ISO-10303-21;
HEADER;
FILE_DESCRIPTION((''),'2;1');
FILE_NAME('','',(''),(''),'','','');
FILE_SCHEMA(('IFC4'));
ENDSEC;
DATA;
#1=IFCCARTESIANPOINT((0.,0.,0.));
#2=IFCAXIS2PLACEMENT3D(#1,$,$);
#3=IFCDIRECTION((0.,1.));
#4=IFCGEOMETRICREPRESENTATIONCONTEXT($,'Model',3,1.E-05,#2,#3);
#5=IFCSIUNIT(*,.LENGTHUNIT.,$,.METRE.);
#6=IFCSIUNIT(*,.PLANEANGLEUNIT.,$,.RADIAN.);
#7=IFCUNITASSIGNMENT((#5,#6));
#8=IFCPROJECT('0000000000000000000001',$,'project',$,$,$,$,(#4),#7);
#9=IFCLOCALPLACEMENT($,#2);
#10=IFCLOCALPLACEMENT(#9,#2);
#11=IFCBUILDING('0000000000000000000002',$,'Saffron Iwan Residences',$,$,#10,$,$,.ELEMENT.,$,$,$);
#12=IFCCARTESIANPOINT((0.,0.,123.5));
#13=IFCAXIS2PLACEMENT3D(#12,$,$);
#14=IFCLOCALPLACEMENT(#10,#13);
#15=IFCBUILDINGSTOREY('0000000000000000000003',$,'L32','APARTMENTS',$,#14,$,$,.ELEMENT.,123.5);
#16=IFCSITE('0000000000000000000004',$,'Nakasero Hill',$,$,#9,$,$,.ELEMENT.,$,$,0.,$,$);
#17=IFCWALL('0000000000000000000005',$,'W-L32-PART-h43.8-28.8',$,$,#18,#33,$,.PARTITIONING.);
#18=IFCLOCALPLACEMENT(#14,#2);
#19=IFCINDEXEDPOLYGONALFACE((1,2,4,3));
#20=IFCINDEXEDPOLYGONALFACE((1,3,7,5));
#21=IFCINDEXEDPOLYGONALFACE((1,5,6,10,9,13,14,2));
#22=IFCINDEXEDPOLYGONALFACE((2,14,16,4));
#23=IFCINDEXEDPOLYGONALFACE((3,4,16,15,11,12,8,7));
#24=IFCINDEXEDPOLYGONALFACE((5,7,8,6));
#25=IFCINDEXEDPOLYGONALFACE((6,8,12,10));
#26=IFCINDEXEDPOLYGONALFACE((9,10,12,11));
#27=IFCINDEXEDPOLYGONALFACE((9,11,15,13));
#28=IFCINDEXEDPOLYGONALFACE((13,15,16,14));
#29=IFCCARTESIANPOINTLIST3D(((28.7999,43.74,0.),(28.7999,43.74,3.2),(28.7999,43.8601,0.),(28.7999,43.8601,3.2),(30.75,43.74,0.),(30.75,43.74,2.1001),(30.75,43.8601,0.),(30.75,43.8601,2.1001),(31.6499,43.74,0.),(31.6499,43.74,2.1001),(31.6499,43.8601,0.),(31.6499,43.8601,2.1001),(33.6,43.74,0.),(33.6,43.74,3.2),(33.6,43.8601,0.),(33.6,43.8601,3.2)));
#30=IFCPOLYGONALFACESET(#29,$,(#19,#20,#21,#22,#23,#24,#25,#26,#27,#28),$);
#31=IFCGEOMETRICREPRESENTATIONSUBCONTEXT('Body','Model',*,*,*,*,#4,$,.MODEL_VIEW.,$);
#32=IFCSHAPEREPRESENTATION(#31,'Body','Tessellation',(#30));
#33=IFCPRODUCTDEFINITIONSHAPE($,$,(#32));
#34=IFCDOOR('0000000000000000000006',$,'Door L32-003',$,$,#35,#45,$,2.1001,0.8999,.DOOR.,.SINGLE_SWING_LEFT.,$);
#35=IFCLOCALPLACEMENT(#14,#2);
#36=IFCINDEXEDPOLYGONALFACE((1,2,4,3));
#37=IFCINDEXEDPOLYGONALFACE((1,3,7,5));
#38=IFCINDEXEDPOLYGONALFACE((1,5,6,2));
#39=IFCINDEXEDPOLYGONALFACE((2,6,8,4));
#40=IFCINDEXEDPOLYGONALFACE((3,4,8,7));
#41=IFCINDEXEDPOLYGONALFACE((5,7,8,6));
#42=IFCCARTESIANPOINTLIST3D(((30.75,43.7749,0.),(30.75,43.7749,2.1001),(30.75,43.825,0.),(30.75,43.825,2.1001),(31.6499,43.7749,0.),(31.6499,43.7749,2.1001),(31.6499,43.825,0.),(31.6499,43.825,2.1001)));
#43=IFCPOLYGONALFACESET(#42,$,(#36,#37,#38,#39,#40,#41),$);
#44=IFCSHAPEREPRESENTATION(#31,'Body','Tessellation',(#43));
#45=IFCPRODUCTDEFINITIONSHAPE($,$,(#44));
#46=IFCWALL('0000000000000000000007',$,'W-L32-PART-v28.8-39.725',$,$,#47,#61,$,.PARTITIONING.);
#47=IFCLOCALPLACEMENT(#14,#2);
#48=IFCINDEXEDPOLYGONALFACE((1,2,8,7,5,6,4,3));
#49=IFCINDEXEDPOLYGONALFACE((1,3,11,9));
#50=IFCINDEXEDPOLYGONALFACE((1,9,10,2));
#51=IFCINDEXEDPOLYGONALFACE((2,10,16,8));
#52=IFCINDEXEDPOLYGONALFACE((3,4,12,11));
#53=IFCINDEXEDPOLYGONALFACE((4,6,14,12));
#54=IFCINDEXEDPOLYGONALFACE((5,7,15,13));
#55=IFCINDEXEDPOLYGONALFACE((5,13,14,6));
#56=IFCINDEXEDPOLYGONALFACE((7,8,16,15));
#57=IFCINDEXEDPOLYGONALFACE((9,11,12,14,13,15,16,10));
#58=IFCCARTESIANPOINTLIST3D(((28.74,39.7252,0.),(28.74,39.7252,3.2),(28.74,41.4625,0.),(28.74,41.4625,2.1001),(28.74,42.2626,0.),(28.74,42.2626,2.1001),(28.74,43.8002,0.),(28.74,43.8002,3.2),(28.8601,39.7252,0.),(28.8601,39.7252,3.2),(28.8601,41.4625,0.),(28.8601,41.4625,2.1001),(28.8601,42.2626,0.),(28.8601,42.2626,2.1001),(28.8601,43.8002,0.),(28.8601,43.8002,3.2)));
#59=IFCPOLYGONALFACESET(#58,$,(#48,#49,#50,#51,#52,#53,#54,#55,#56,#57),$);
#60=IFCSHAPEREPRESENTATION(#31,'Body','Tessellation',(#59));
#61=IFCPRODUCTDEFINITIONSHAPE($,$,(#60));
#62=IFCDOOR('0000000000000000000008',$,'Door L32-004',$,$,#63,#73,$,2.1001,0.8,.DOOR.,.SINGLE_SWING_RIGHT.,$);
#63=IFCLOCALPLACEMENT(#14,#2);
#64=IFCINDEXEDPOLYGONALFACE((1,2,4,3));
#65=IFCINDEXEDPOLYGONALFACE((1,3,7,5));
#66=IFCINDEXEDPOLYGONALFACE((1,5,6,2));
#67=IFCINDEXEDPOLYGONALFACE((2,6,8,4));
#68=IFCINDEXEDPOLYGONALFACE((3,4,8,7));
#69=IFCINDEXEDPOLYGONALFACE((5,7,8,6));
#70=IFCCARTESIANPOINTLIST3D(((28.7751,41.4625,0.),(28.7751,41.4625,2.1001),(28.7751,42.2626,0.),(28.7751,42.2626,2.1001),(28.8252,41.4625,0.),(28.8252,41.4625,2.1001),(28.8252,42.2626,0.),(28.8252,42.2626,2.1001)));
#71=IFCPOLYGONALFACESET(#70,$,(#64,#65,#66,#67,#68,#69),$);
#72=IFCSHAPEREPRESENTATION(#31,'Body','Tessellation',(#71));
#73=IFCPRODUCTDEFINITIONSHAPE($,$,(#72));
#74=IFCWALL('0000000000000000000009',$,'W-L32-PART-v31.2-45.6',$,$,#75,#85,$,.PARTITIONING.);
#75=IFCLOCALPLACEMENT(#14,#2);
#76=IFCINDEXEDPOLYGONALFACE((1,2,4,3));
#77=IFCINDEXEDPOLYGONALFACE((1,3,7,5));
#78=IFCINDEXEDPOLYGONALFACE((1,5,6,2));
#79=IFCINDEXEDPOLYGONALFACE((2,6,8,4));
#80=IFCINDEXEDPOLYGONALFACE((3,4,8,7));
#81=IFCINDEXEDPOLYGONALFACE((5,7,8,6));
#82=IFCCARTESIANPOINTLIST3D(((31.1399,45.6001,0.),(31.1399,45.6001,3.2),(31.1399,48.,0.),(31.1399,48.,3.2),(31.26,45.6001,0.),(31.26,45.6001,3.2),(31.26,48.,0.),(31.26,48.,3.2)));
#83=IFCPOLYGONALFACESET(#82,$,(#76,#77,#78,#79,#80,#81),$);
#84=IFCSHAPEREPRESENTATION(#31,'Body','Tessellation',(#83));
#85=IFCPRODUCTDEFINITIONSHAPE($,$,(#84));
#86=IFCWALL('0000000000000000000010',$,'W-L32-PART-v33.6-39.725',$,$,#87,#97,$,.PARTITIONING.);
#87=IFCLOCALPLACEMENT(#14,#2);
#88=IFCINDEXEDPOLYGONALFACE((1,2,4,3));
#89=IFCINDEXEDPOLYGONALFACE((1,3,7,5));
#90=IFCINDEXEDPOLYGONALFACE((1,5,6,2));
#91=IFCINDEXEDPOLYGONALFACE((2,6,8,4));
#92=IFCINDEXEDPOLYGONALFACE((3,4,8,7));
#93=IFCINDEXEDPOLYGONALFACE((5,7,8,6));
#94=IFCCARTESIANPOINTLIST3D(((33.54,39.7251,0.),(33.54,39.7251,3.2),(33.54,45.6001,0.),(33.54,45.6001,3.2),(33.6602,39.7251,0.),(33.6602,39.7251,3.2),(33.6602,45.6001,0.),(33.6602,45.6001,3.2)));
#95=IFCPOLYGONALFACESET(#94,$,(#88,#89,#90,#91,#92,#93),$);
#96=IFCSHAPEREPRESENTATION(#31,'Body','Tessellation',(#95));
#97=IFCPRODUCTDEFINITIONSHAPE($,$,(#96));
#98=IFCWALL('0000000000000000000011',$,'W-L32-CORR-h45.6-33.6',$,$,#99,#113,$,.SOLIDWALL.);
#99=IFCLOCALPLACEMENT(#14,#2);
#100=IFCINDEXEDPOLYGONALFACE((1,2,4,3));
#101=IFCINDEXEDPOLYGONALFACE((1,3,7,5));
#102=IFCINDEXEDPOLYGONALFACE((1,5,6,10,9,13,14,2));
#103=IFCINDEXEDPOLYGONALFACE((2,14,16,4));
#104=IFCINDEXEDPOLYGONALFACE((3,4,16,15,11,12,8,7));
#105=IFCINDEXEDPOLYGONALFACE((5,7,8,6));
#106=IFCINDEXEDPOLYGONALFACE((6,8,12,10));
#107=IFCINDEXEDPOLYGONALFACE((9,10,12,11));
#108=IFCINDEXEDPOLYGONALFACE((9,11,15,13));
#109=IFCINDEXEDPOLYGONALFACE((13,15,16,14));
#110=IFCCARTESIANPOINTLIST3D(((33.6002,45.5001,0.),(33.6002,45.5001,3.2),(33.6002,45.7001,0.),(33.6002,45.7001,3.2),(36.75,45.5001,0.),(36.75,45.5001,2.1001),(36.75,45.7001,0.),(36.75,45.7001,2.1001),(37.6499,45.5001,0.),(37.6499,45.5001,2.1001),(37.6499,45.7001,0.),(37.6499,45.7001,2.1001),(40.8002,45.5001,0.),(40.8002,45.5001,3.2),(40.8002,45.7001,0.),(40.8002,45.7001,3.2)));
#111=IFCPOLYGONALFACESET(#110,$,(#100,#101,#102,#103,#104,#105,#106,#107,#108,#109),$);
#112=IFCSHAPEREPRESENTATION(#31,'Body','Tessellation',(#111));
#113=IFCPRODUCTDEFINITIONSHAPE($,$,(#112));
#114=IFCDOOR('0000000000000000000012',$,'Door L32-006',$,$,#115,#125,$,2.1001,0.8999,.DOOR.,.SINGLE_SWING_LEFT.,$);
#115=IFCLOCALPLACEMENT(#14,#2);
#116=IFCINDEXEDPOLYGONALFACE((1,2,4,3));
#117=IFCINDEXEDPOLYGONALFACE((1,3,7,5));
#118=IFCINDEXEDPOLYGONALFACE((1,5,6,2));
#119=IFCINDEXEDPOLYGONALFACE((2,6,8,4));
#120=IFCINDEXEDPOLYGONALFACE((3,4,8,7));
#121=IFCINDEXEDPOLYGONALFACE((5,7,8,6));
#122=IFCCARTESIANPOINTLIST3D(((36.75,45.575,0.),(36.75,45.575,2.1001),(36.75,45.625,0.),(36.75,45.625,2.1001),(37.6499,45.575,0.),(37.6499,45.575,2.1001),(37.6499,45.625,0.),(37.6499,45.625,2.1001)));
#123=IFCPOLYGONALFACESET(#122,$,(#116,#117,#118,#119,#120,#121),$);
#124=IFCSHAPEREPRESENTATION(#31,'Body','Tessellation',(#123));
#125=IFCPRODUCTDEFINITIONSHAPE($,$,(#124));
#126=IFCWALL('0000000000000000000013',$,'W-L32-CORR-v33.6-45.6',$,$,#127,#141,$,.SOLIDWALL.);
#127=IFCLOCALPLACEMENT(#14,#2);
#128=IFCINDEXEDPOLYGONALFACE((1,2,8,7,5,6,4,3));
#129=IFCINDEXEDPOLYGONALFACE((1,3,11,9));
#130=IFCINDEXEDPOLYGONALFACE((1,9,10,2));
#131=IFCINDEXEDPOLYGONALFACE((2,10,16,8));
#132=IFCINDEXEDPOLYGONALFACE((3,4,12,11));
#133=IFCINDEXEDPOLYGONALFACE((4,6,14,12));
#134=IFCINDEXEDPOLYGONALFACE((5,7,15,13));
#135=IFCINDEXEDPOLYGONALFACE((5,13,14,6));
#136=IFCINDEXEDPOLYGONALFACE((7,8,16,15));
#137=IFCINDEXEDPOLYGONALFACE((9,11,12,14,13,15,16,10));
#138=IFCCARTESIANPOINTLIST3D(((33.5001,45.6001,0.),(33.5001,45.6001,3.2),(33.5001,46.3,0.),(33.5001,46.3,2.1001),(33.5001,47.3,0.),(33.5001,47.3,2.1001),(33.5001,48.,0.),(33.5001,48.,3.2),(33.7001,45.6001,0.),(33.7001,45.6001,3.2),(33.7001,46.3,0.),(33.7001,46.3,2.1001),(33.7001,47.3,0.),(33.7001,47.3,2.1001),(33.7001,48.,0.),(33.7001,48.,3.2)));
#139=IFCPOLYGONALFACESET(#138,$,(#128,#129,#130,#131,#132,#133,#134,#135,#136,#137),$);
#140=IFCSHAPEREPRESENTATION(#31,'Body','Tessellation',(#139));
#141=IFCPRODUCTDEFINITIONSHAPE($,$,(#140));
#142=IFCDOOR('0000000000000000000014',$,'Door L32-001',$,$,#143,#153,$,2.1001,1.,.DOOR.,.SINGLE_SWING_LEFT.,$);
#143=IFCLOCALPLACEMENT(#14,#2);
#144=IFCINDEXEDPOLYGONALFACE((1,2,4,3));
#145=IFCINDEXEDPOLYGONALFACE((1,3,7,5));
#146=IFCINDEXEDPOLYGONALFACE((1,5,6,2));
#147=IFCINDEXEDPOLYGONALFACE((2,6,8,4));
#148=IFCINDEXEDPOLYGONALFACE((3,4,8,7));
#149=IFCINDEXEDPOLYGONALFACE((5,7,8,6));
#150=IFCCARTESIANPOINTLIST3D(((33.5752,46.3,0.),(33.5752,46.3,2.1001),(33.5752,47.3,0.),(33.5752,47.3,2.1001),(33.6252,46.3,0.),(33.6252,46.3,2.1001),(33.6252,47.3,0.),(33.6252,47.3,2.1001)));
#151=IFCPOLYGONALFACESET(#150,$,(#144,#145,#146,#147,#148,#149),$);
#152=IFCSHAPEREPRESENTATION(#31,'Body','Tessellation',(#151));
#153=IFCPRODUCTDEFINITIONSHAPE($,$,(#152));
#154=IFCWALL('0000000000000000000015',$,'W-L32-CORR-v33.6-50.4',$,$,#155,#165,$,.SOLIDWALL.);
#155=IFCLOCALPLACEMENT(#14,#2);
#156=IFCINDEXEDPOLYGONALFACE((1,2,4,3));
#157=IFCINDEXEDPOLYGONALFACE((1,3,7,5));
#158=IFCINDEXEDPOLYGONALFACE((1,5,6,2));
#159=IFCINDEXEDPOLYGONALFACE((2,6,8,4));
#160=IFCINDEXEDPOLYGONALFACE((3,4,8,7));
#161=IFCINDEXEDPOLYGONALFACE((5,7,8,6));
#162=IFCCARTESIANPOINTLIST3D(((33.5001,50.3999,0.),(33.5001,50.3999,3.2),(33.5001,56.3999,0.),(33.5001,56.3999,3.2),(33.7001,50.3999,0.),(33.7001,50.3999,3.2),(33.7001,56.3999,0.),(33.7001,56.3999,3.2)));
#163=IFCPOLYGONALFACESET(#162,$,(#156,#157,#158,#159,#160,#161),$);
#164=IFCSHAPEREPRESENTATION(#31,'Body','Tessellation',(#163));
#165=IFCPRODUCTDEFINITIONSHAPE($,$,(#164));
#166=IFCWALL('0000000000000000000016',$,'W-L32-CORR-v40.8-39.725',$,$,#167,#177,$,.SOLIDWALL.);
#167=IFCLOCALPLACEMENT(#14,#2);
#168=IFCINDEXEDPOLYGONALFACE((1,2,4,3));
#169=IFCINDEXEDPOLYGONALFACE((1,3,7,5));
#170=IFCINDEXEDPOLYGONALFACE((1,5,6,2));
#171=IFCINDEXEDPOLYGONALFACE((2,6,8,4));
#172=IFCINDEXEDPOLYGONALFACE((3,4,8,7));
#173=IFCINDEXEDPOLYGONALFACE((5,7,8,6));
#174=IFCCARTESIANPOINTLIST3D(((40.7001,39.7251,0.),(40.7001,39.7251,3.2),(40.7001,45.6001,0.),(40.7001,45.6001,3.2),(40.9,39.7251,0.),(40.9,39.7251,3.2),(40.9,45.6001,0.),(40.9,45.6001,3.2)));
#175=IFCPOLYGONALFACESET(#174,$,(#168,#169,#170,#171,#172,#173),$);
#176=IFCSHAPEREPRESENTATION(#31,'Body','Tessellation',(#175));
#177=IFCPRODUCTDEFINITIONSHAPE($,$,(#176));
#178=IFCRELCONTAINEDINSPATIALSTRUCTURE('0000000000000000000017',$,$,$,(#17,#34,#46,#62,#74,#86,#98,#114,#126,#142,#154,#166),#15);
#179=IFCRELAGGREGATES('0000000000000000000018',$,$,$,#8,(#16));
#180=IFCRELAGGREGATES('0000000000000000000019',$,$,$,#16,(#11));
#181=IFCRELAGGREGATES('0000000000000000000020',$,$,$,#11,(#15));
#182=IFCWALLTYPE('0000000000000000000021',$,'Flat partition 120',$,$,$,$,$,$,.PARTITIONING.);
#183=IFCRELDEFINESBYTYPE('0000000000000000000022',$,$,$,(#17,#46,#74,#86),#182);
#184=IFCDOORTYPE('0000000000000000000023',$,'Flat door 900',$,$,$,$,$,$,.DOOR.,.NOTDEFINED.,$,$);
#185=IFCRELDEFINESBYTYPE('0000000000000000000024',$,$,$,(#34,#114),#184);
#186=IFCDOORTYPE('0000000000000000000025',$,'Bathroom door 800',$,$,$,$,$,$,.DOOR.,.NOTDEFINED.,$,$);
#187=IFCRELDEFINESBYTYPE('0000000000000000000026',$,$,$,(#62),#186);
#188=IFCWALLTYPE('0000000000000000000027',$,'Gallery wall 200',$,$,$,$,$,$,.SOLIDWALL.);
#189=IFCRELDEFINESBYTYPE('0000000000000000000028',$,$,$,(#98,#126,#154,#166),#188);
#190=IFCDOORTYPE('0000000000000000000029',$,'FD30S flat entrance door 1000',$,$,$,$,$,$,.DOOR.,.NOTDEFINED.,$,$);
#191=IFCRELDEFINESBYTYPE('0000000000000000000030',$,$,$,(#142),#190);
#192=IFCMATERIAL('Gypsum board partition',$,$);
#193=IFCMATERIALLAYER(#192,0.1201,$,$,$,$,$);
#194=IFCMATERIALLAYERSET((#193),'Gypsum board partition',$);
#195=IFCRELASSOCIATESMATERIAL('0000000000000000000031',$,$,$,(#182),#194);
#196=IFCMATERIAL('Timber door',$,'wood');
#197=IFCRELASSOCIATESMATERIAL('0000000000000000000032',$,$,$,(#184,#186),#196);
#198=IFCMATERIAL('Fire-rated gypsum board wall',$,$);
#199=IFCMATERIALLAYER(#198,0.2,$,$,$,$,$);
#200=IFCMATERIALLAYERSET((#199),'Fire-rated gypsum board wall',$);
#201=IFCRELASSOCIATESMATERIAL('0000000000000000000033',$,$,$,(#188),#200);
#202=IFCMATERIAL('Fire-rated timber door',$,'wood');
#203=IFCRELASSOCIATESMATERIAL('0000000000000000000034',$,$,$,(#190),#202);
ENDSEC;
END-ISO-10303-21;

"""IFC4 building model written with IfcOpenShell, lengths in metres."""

from ifc_helpers import new_model, si_unit, direction, frame, frame_2d, origin, place, context, subcontext, project, spatial, rectangle, extrude, material, layer, layer_set, type_object, element, fill, save


model = new_model("IFC4")

# Units and contexts
model_context = context("Model", 3, precision=1e-05, world=origin(), true_north=direction((0.0, 1.0)))
body_context = subcontext(model_context, "Body", "Model", "MODEL_VIEW")
ifc_project = project(units=[si_unit("LENGTHUNIT", "METRE"), si_unit("PLANEANGLEUNIT", "RADIAN")], contexts=[model_context])

# Site, building, storey
site_placement = place(None, origin())
site = spatial("IfcSite", under=ifc_project, at=site_placement, Name="Nakasero Hill", CompositionType="ELEMENT", RefElevation=0.0)
building_placement = place(site_placement, origin())
building = spatial("IfcBuilding", under=site, at=building_placement, Name="Saffron Iwan Residences", CompositionType="ELEMENT")
storey_placement = place(building_placement, frame((0.0, 0.0, 123.5)))
storey = spatial("IfcBuildingStorey", under=building, at=storey_placement, Name="L32", Description="APARTMENTS", CompositionType="ELEMENT", Elevation=123.5)

# Walls, openings, doors
ifc_material_1 = material(Name="Gypsum board partition")
ifc_layer_1 = layer(ifc_material_1, 0.1201)
ifc_layer_set_1 = layer_set([ifc_layer_1], Name="Gypsum board partition")
wall_type_1 = type_object("IfcWallType", Name="Flat partition 120", PredefinedType="PARTITIONING", material=ifc_layer_set_1)
wall_1_placement = place(storey_placement, frame((28.8, 43.8, 0.0), z_axis=(0.0, 0.0, 1.0), x_axis=(1.0, 0.0, 0.0)))
wall_1 = element("IfcWall", 1, at=wall_1_placement, inside=storey, type_object=wall_type_1, Name="W-L32-PART-h43.8-28.8", PredefinedType="PARTITIONING", context=body_context, shape_type="SweptSolid", body=[
    extrude(rectangle(XDim=4.8, YDim=0.1201, at=frame_2d((2.3999, 0.0))), origin(), (0.0, 0.0, 1.0), 3.2),
])
opening_1_placement = place(wall_1_placement, frame((1.95, 0.0, 0.0)))
opening_1 = element("IfcOpeningElement", 2, at=opening_1_placement, cuts=wall_1, PredefinedType="OPENING", context=body_context, shape_type="SweptSolid", body=[
    extrude(rectangle(XDim=0.8999, YDim=2.1001, at=frame_2d((0.45, 1.05))), frame((0.0, 0.0701, 0.0), z_axis=(0.0, -1.0, 0.0), x_axis=(1.0, 0.0, 0.0)), (0.0, 0.0, 1.0), 0.1401),
])
ifc_material_2 = material(Name="Timber door", Category="wood")
door_type_1 = type_object("IfcDoorType", Name="Flat door 900", OperationType="NOTDEFINED", PredefinedType="DOOR", material=ifc_material_2)
door_1_placement = place(opening_1_placement, origin())
door_1 = element("IfcDoor", 3, at=door_1_placement, inside=storey, type_object=door_type_1, Name="Door L32-003", OperationType="SINGLE_SWING_LEFT", OverallHeight=2.1001, OverallWidth=0.8999, PredefinedType="DOOR", context=body_context, shape_type="SweptSolid", body=[
    extrude(rectangle(XDim=0.8999, YDim=2.1001, at=frame_2d((0.45, 1.05))), frame((0.0, 0.0249, 0.0), z_axis=(0.0, -1.0, 0.0), x_axis=(1.0, 0.0, 0.0)), (0.0, 0.0, 1.0), 0.05),
])
fill(opening_1, door_1)
wall_2_placement = place(storey_placement, frame((28.8, 39.7251, 0.0), z_axis=(0.0, 0.0, 1.0), x_axis=(0.0, 1.0, 0.0)))
wall_2 = element("IfcWall", 4, at=wall_2_placement, inside=storey, type_object=wall_type_1, Name="W-L32-PART-v28.8-39.725", PredefinedType="PARTITIONING", context=body_context, shape_type="SweptSolid", body=[
    extrude(rectangle(XDim=4.075, YDim=0.1201, at=frame_2d((2.0376, 0.0))), origin(), (0.0, 0.0, 1.0), 3.2),
])
opening_2_placement = place(wall_2_placement, frame((1.7375, 0.0, 0.0)))
opening_2 = element("IfcOpeningElement", 5, at=opening_2_placement, cuts=wall_2, PredefinedType="OPENING", context=body_context, shape_type="SweptSolid", body=[
    extrude(rectangle(XDim=0.8, YDim=2.1001, at=frame_2d((0.3999, 1.05))), frame((0.0, 0.0701, 0.0), z_axis=(0.0, -1.0, 0.0), x_axis=(1.0, 0.0, 0.0)), (0.0, 0.0, 1.0), 0.1401),
])
door_type_2 = type_object("IfcDoorType", Name="Bathroom door 800", OperationType="NOTDEFINED", PredefinedType="DOOR", material=ifc_material_2)
door_2_placement = place(opening_2_placement, origin())
door_2 = element("IfcDoor", 6, at=door_2_placement, inside=storey, type_object=door_type_2, Name="Door L32-004", OperationType="SINGLE_SWING_RIGHT", OverallHeight=2.1001, OverallWidth=0.8, PredefinedType="DOOR", context=body_context, shape_type="SweptSolid", body=[
    extrude(rectangle(XDim=0.8, YDim=2.1001, at=frame_2d((0.3999, 1.05))), frame((0.0, 0.0249, 0.0), z_axis=(0.0, -1.0, 0.0), x_axis=(1.0, 0.0, 0.0)), (0.0, 0.0, 1.0), 0.05),
])
fill(opening_2, door_2)

# Walls
wall_3_placement = place(storey_placement, frame((31.2, 45.6001, 0.0), z_axis=(0.0, 0.0, 1.0), x_axis=(0.0, 1.0, 0.0)))
element("IfcWall", 7, at=wall_3_placement, inside=storey, type_object=wall_type_1, Name="W-L32-PART-v31.2-45.6", PredefinedType="PARTITIONING", context=body_context, shape_type="SweptSolid", body=[
    extrude(rectangle(XDim=2.3999, YDim=0.1201, at=frame_2d((1.2, 0.0))), origin(), (0.0, 0.0, 1.0), 3.2),
])
wall_4_placement = place(storey_placement, frame((33.6001, 39.7251, 0.0), z_axis=(0.0, 0.0, 1.0), x_axis=(0.0, 1.0, 0.0)))
element("IfcWall", 8, at=wall_4_placement, inside=storey, type_object=wall_type_1, Name="W-L32-PART-v33.6-39.725", PredefinedType="PARTITIONING", context=body_context, shape_type="SweptSolid", body=[
    extrude(rectangle(XDim=5.875, YDim=0.1201, at=frame_2d((2.9375, 0.0))), origin(), (0.0, 0.0, 1.0), 3.2),
])

# Walls, openings, doors
ifc_material_3 = material(Name="Fire-rated gypsum board wall")
ifc_layer_2 = layer(ifc_material_3, 0.2)
ifc_layer_set_2 = layer_set([ifc_layer_2], Name="Fire-rated gypsum board wall")
wall_type_2 = type_object("IfcWallType", Name="Gallery wall 200", PredefinedType="SOLIDWALL", material=ifc_layer_set_2)
wall_5_placement = place(storey_placement, frame((33.6001, 45.6001, 0.0), z_axis=(0.0, 0.0, 1.0), x_axis=(1.0, 0.0, 0.0)))
wall_5 = element("IfcWall", 9, at=wall_5_placement, inside=storey, type_object=wall_type_2, Name="W-L32-CORR-h45.6-33.6", PredefinedType="SOLIDWALL", context=body_context, shape_type="SweptSolid", body=[
    extrude(rectangle(XDim=7.2, YDim=0.2, at=frame_2d((3.6001, 0.0))), origin(), (0.0, 0.0, 1.0), 3.2),
])
opening_3_placement = place(wall_5_placement, frame((3.1499, 0.0, 0.0)))
opening_3 = element("IfcOpeningElement", 10, at=opening_3_placement, cuts=wall_5, PredefinedType="OPENING", context=body_context, shape_type="SweptSolid", body=[
    extrude(rectangle(XDim=0.8999, YDim=2.1001, at=frame_2d((0.45, 1.05))), frame((0.0, 0.1099, 0.0), z_axis=(0.0, -1.0, 0.0), x_axis=(1.0, 0.0, 0.0)), (0.0, 0.0, 1.0), 0.22),
])
door_3_placement = place(opening_3_placement, origin())
door_3 = element("IfcDoor", 11, at=door_3_placement, inside=storey, type_object=door_type_1, Name="Door L32-006", OperationType="SINGLE_SWING_LEFT", OverallHeight=2.1001, OverallWidth=0.8999, PredefinedType="DOOR", context=body_context, shape_type="SweptSolid", body=[
    extrude(rectangle(XDim=0.8999, YDim=2.1001, at=frame_2d((0.45, 1.05))), frame((0.0, 0.0249, 0.0), z_axis=(0.0, -1.0, 0.0), x_axis=(1.0, 0.0, 0.0)), (0.0, 0.0, 1.0), 0.05),
])
fill(opening_3, door_3)
wall_6_placement = place(storey_placement, frame((33.6001, 45.6001, 0.0), z_axis=(0.0, 0.0, 1.0), x_axis=(0.0, 1.0, 0.0)))
wall_6 = element("IfcWall", 12, at=wall_6_placement, inside=storey, type_object=wall_type_2, Name="W-L32-CORR-v33.6-45.6", PredefinedType="SOLIDWALL", context=body_context, shape_type="SweptSolid", body=[
    extrude(rectangle(XDim=2.3999, YDim=0.2, at=frame_2d((1.2, 0.0))), origin(), (0.0, 0.0, 1.0), 3.2),
])
opening_4_placement = place(wall_6_placement, frame((0.7, 0.0, 0.0)))
opening_4 = element("IfcOpeningElement", 13, at=opening_4_placement, cuts=wall_6, PredefinedType="OPENING", context=body_context, shape_type="SweptSolid", body=[
    extrude(rectangle(XDim=1.0, YDim=2.1001, at=frame_2d((0.5, 1.05))), frame((0.0, 0.1099, 0.0), z_axis=(0.0, -1.0, 0.0), x_axis=(1.0, 0.0, 0.0)), (0.0, 0.0, 1.0), 0.22),
])
ifc_material_4 = material(Name="Fire-rated timber door", Category="wood")
door_type_3 = type_object("IfcDoorType", Name="FD30S flat entrance door 1000", OperationType="NOTDEFINED", PredefinedType="DOOR", material=ifc_material_4)
door_4_placement = place(opening_4_placement, origin())
door_4 = element("IfcDoor", 14, at=door_4_placement, inside=storey, type_object=door_type_3, Name="Door L32-001", OperationType="SINGLE_SWING_LEFT", OverallHeight=2.1001, OverallWidth=1.0, PredefinedType="DOOR", context=body_context, shape_type="SweptSolid", body=[
    extrude(rectangle(XDim=1.0, YDim=2.1001, at=frame_2d((0.5, 1.05))), frame((0.0, 0.0249, 0.0), z_axis=(0.0, -1.0, 0.0), x_axis=(1.0, 0.0, 0.0)), (0.0, 0.0, 1.0), 0.05),
])
fill(opening_4, door_4)

# Walls
wall_7_placement = place(storey_placement, frame((33.6001, 50.3999, 0.0), z_axis=(0.0, 0.0, 1.0), x_axis=(0.0, 1.0, 0.0)))
element("IfcWall", 15, at=wall_7_placement, inside=storey, type_object=wall_type_2, Name="W-L32-CORR-v33.6-50.4", PredefinedType="SOLIDWALL", context=body_context, shape_type="SweptSolid", body=[
    extrude(rectangle(XDim=6.0, YDim=0.2, at=frame_2d((3.0, 0.0))), origin(), (0.0, 0.0, 1.0), 3.2),
])
wall_8_placement = place(storey_placement, frame((40.8, 39.7251, 0.0), z_axis=(0.0, 0.0, 1.0), x_axis=(0.0, 1.0, 0.0)))
element("IfcWall", 16, at=wall_8_placement, inside=storey, type_object=wall_type_2, Name="W-L32-CORR-v40.8-39.725", PredefinedType="SOLIDWALL", context=body_context, shape_type="SweptSolid", body=[
    extrude(rectangle(XDim=5.875, YDim=0.2, at=frame_2d((2.9375, 0.0))), origin(), (0.0, 0.0, 1.0), 3.2),
])

save(model, "model.ifc")
